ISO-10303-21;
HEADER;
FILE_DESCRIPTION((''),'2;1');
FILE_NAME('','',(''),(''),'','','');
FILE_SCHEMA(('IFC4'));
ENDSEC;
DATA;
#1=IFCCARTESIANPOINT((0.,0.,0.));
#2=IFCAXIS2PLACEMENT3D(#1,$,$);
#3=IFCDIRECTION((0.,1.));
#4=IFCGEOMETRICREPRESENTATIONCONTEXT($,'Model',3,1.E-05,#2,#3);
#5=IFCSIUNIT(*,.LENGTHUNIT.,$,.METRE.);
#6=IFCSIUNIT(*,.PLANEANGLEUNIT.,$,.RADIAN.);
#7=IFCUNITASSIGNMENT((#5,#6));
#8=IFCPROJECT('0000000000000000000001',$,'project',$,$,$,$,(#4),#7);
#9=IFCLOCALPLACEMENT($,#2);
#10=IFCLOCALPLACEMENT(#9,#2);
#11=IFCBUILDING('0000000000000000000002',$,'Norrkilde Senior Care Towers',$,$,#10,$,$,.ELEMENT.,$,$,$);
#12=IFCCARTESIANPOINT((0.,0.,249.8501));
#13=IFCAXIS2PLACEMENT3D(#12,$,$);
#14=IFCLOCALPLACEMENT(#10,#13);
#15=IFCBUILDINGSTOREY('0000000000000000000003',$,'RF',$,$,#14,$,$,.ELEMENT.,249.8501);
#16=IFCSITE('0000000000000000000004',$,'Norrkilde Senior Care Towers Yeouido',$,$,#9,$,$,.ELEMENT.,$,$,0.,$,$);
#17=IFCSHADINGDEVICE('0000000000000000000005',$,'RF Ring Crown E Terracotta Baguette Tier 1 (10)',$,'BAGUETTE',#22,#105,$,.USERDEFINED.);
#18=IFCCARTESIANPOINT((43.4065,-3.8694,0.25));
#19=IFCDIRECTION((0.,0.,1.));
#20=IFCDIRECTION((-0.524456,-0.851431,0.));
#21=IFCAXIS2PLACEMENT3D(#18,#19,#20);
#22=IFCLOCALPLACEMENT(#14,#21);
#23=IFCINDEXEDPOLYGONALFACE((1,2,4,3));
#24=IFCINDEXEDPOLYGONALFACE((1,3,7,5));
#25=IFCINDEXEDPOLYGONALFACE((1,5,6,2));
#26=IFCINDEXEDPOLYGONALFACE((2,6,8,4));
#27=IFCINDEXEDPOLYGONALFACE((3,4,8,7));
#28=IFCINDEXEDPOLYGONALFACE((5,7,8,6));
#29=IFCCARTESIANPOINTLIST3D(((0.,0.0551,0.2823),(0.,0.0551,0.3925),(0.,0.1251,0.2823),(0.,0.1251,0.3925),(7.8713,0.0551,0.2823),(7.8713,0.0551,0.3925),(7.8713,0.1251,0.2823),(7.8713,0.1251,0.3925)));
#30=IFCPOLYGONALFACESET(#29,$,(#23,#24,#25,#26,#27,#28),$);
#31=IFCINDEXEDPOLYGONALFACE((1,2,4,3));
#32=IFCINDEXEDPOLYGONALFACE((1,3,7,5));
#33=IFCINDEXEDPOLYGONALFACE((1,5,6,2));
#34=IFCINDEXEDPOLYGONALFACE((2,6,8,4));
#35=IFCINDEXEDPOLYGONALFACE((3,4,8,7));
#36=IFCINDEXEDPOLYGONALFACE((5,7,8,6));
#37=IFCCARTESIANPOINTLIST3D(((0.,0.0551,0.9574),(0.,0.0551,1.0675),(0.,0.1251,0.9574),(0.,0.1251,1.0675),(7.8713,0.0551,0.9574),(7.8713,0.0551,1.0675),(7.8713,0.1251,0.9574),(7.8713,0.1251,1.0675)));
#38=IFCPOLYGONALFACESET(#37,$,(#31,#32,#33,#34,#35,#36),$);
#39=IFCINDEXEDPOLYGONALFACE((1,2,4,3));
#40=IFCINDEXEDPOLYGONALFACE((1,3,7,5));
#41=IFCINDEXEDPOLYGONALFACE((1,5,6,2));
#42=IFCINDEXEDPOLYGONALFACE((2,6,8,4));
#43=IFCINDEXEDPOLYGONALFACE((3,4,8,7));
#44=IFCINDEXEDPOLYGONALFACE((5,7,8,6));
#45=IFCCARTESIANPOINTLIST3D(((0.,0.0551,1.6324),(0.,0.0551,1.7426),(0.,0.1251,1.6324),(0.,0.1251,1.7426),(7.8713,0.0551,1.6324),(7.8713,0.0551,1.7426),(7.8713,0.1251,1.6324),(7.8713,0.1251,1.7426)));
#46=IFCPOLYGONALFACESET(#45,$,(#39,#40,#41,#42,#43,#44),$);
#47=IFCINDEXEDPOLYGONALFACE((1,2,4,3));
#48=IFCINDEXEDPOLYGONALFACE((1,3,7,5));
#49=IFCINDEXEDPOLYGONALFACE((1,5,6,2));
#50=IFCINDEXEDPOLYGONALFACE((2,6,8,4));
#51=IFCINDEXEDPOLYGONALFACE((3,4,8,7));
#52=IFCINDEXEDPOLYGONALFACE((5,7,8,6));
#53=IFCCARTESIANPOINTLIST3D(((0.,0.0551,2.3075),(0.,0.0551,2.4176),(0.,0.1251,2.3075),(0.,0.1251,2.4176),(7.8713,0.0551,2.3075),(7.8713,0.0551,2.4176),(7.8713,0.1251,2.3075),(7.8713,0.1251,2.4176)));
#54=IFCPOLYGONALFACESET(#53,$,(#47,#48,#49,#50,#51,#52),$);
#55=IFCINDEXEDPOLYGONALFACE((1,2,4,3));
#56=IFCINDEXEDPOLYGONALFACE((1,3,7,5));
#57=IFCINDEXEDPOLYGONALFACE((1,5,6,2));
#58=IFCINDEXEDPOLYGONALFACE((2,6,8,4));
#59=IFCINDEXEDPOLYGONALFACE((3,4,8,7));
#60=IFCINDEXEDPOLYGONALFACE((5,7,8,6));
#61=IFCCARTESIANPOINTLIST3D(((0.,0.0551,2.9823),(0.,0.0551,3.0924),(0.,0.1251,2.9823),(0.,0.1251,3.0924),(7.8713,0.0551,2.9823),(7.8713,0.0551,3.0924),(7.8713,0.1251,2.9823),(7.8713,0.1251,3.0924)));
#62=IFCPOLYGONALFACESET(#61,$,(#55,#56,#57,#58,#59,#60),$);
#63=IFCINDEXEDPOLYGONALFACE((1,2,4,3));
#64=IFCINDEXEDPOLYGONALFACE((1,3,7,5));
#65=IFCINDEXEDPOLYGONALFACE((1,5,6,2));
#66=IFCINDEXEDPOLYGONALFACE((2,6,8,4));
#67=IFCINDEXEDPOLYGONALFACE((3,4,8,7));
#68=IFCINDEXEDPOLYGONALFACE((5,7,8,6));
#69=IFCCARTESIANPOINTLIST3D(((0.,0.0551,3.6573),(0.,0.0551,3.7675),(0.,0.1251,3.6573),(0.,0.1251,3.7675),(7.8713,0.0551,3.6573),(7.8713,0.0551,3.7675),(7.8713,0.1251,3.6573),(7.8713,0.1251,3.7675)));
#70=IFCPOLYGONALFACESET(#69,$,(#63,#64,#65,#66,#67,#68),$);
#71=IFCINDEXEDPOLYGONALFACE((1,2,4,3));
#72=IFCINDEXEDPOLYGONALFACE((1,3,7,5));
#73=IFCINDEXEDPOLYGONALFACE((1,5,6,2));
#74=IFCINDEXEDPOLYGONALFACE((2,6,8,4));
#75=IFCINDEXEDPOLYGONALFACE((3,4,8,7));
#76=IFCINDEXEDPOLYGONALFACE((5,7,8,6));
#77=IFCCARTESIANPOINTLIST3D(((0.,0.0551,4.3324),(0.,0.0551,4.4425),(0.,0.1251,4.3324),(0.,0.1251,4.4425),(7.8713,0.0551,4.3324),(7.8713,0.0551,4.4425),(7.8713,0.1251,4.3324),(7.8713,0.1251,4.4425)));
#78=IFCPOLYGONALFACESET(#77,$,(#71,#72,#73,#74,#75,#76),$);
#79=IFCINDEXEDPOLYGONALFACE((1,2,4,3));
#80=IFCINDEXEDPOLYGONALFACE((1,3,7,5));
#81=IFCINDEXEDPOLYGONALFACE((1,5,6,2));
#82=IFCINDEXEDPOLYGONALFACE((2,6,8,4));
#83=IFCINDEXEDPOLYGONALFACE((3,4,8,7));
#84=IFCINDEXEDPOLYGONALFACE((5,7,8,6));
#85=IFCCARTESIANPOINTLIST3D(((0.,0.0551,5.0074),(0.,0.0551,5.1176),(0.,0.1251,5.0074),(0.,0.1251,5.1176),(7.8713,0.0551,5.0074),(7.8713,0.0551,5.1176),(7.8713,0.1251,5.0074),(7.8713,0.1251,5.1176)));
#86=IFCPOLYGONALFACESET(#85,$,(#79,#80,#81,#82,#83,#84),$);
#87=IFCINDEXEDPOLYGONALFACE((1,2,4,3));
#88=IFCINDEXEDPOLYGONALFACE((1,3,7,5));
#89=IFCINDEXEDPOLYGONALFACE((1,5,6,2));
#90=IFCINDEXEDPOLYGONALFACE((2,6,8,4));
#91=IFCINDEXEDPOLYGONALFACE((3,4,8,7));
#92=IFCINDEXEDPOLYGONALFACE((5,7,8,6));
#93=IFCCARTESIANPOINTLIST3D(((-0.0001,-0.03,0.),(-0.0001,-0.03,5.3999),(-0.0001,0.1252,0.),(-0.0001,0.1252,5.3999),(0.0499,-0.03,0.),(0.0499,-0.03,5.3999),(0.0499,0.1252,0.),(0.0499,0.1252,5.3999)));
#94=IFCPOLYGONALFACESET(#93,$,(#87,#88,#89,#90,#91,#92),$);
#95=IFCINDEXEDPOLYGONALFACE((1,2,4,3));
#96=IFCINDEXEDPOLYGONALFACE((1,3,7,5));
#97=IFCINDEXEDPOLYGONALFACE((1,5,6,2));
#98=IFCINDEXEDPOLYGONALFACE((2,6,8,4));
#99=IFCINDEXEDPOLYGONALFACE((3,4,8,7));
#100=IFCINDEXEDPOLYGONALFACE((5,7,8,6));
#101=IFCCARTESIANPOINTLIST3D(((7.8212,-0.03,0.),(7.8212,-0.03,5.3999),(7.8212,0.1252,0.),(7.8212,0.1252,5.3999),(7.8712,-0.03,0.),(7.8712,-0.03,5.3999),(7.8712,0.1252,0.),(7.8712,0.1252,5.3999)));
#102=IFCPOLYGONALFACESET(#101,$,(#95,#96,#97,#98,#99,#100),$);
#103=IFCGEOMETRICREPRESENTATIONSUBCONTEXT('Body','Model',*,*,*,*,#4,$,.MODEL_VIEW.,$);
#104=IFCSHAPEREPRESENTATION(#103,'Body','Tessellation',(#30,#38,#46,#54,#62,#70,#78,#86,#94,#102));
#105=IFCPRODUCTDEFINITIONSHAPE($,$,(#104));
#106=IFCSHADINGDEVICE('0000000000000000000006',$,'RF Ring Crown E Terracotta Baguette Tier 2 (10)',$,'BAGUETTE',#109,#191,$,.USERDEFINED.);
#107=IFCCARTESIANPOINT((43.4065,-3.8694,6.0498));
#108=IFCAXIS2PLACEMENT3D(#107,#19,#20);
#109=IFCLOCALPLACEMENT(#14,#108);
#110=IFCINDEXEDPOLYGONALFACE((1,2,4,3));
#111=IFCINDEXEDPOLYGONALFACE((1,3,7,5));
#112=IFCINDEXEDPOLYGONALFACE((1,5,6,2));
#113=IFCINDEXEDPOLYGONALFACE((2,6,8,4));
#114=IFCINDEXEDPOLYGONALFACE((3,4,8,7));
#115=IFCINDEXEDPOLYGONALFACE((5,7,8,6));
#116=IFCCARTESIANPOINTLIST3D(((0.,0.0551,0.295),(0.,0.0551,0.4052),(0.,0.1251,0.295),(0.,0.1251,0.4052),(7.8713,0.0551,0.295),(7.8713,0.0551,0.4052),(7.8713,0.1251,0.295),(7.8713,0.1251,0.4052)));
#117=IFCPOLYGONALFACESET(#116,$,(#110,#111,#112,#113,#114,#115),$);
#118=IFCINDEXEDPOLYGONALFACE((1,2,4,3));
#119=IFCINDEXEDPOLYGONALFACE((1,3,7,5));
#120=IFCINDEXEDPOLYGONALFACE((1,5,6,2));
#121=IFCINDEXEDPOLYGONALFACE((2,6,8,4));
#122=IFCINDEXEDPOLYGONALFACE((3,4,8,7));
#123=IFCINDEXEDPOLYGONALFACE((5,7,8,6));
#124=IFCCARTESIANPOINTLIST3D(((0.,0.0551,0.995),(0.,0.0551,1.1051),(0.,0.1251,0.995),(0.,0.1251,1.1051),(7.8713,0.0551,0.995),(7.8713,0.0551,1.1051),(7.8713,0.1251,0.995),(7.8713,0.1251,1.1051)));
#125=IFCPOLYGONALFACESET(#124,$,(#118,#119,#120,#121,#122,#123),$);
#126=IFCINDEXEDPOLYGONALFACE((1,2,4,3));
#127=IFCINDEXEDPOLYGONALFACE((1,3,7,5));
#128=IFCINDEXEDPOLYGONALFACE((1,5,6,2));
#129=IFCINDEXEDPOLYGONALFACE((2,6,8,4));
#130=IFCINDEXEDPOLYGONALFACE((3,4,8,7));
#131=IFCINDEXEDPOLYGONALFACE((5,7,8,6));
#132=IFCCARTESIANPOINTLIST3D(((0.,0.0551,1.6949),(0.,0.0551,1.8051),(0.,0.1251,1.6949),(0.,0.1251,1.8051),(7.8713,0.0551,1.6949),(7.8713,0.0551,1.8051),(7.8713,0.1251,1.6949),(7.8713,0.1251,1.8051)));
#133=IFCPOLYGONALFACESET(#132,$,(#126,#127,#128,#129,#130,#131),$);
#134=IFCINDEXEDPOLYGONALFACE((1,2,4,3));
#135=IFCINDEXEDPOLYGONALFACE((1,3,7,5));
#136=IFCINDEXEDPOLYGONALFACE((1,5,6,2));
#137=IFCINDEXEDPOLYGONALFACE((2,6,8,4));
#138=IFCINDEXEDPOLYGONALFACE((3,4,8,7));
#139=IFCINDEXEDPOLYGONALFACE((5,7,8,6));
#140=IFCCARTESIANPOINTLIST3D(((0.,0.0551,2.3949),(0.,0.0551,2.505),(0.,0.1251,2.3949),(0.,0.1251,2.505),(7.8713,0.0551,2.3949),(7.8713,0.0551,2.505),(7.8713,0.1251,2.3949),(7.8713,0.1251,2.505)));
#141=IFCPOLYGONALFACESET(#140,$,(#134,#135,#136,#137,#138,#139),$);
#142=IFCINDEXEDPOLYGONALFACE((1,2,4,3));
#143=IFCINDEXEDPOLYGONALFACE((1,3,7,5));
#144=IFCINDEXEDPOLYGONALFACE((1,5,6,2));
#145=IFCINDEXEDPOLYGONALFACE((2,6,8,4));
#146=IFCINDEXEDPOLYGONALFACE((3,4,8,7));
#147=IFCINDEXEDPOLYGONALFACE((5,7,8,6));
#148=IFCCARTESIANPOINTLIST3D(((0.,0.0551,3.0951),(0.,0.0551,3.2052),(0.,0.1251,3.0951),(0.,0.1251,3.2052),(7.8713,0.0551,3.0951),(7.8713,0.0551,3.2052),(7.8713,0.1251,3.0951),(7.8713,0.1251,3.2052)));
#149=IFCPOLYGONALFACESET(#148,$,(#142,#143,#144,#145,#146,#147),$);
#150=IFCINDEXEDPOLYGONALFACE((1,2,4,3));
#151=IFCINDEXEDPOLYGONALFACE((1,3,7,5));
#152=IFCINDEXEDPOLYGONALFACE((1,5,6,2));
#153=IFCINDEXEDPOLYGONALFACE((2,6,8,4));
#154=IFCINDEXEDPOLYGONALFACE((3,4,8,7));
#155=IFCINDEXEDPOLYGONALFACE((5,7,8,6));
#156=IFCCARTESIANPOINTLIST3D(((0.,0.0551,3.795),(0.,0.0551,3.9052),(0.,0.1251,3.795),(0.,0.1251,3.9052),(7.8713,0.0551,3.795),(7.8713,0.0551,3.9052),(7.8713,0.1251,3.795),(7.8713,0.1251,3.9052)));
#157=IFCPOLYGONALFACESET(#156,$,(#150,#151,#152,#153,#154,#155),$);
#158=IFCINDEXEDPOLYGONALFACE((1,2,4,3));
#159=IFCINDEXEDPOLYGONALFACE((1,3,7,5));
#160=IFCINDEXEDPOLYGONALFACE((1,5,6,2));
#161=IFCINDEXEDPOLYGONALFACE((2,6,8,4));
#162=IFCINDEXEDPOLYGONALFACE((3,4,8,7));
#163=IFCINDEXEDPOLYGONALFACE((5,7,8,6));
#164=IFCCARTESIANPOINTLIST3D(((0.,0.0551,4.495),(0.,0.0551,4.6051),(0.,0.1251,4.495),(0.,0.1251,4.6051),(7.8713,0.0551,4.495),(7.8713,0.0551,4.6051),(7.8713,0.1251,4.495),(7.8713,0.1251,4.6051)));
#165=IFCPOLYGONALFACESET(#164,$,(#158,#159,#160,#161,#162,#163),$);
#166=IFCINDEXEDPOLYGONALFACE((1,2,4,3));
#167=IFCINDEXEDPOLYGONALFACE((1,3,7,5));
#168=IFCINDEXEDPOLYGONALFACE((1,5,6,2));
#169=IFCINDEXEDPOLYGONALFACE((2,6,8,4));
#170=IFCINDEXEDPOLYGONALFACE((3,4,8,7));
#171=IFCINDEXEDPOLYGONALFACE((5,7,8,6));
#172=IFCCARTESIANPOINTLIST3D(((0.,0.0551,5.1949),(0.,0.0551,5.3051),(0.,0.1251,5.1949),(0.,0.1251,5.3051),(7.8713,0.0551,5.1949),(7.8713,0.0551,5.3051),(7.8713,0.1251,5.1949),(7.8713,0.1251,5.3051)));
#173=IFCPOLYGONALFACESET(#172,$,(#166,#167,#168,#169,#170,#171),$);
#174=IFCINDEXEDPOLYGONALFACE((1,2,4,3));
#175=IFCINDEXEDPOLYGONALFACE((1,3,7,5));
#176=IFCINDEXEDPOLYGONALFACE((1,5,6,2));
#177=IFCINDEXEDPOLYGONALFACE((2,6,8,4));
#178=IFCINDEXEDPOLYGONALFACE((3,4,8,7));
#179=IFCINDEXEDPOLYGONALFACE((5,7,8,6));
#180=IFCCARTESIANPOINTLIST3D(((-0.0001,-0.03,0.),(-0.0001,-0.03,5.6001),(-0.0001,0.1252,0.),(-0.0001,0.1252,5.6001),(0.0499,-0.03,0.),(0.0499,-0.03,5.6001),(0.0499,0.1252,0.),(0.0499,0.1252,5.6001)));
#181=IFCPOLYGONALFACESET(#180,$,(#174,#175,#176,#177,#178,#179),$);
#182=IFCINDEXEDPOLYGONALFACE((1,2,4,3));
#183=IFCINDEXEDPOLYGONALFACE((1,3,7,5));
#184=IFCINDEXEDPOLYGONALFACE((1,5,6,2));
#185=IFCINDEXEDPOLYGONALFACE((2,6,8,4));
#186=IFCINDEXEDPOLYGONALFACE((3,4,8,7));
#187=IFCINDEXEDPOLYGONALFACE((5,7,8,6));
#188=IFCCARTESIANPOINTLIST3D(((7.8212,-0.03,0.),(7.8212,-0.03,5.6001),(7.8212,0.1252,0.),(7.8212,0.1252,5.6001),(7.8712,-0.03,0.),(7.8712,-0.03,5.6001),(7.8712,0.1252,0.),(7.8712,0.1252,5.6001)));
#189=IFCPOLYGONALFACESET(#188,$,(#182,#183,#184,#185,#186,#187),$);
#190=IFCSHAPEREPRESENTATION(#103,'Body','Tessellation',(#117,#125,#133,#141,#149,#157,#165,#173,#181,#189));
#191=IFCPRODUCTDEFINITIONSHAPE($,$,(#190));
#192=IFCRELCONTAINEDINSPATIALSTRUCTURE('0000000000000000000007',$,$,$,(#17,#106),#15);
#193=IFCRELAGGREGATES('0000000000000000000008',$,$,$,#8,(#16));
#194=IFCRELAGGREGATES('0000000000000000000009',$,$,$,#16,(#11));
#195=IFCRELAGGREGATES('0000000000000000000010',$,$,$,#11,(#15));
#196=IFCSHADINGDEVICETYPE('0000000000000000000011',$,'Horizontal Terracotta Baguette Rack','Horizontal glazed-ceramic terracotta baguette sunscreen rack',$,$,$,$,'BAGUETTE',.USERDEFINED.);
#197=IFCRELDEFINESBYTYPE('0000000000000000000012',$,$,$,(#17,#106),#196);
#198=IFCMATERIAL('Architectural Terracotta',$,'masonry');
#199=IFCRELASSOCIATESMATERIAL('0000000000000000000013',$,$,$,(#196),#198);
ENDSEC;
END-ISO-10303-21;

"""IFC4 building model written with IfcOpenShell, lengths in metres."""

from ifc_helpers import new_model, si_unit, direction, frame, origin, origin_2d, place, context, subcontext, project, spatial, rectangle, extrude, source, transform, mapped, material, type_object, element, save


model = new_model("IFC4")

# Units and contexts
model_context = context("Model", 3, precision=1e-05, world=origin(), true_north=direction((0.0, 1.0)))
body_context = subcontext(model_context, "Body", "Model", "MODEL_VIEW")
ifc_project = project(units=[si_unit("LENGTHUNIT", "METRE"), si_unit("PLANEANGLEUNIT", "RADIAN")], contexts=[model_context])

# Site, building, storey
site_placement = place(None, origin())
site = spatial("IfcSite", under=ifc_project, at=site_placement, Name="Norrkilde Senior Care Towers Yeouido", CompositionType="ELEMENT", RefElevation=0.0)
building_placement = place(site_placement, origin())
building = spatial("IfcBuilding", under=site, at=building_placement, Name="Norrkilde Senior Care Towers", CompositionType="ELEMENT")
storey_placement = place(building_placement, frame((0.0, 0.0, 249.8501)))
storey = spatial("IfcBuildingStorey", under=building, at=storey_placement, Name="RF", CompositionType="ELEMENT", Elevation=249.8501)

# Shared definitions
ifc_material_1 = material(Name="Architectural Terracotta", Category="masonry")

# Shading devices
shading_device_type = type_object("IfcShadingDeviceType", Name="Horizontal Terracotta Baguette Rack", Description="Horizontal glazed-ceramic terracotta baguette sunscreen rack", ElementType="BAGUETTE", PredefinedType="USERDEFINED", material=ifc_material_1)
shared_shape_1 = source(origin(), body_context, "Body", "SweptSolid", [
    extrude(rectangle(XDim=0.0701, YDim=0.1101, at=origin_2d()), frame((0.0, 0.0901, 0.3374), z_axis=(1.0, 0.0, 0.0), x_axis=(0.0, 1.0, 0.0)), (0.0, 0.0, 1.0), 7.8713),
    extrude(rectangle(XDim=0.0701, YDim=0.1101, at=origin_2d()), frame((0.0, 0.0901, 1.0125), z_axis=(1.0, 0.0, 0.0), x_axis=(0.0, 1.0, 0.0)), (0.0, 0.0, 1.0), 7.8713),
    extrude(rectangle(XDim=0.0701, YDim=0.1101, at=origin_2d()), frame((0.0, 0.0901, 1.6875), z_axis=(1.0, 0.0, 0.0), x_axis=(0.0, 1.0, 0.0)), (0.0, 0.0, 1.0), 7.8713),
    extrude(rectangle(XDim=0.0701, YDim=0.1101, at=origin_2d()), frame((0.0, 0.0901, 2.3625), z_axis=(1.0, 0.0, 0.0), x_axis=(0.0, 1.0, 0.0)), (0.0, 0.0, 1.0), 7.8713),
    extrude(rectangle(XDim=0.0701, YDim=0.1101, at=origin_2d()), frame((0.0, 0.0901, 3.0374), z_axis=(1.0, 0.0, 0.0), x_axis=(0.0, 1.0, 0.0)), (0.0, 0.0, 1.0), 7.8713),
    extrude(rectangle(XDim=0.0701, YDim=0.1101, at=origin_2d()), frame((0.0, 0.0901, 3.7124), z_axis=(1.0, 0.0, 0.0), x_axis=(0.0, 1.0, 0.0)), (0.0, 0.0, 1.0), 7.8713),
    extrude(rectangle(XDim=0.0701, YDim=0.1101, at=origin_2d()), frame((0.0, 0.0901, 4.3875), z_axis=(1.0, 0.0, 0.0), x_axis=(0.0, 1.0, 0.0)), (0.0, 0.0, 1.0), 7.8713),
    extrude(rectangle(XDim=0.0701, YDim=0.1101, at=origin_2d()), frame((0.0, 0.0901, 5.0625), z_axis=(1.0, 0.0, 0.0), x_axis=(0.0, 1.0, 0.0)), (0.0, 0.0, 1.0), 7.8713),
    extrude(rectangle(XDim=0.05, YDim=0.1553, at=origin_2d()), frame((0.0249, 0.0476, 0.0)), (0.0, 0.0, 1.0), 5.3999),
    extrude(rectangle(XDim=0.05, YDim=0.1553, at=origin_2d()), frame((7.8462, 0.0476, 0.0)), (0.0, 0.0, 1.0), 5.3999),
])
shading_device_1_placement = place(storey_placement, frame((43.4065, -3.8694, 0.25), z_axis=(0.0, 0.0, 1.0), x_axis=(-0.524456, -0.851431, 0.0)))
element("IfcShadingDevice", 1, at=shading_device_1_placement, inside=storey, type_object=shading_device_type, Name="RF Ring Crown E Terracotta Baguette Tier 1 (10)", ObjectType="BAGUETTE", PredefinedType="USERDEFINED", context=body_context, shape_type="MappedRepresentation", body=[
    mapped(shared_shape_1, transform((0.0, 0.0, 0.0), x_axis=(1.0, 0.0, 0.0), y_axis=(0.0, 1.0, 0.0), z_axis=(0.0, 0.0, 1.0), scale=1.0)),
])
shared_shape_2 = source(origin(), body_context, "Body", "SweptSolid", [
    extrude(rectangle(XDim=0.0701, YDim=0.1101, at=origin_2d()), frame((0.0, 0.0901, 0.3501), z_axis=(1.0, 0.0, 0.0), x_axis=(0.0, 1.0, 0.0)), (0.0, 0.0, 1.0), 7.8713),
    extrude(rectangle(XDim=0.0701, YDim=0.1101, at=origin_2d()), frame((0.0, 0.0901, 1.05), z_axis=(1.0, 0.0, 0.0), x_axis=(0.0, 1.0, 0.0)), (0.0, 0.0, 1.0), 7.8713),
    extrude(rectangle(XDim=0.0701, YDim=0.1101, at=origin_2d()), frame((0.0, 0.0901, 1.75), z_axis=(1.0, 0.0, 0.0), x_axis=(0.0, 1.0, 0.0)), (0.0, 0.0, 1.0), 7.8713),
    extrude(rectangle(XDim=0.0701, YDim=0.1101, at=origin_2d()), frame((0.0, 0.0901, 2.45), z_axis=(1.0, 0.0, 0.0), x_axis=(0.0, 1.0, 0.0)), (0.0, 0.0, 1.0), 7.8713),
    extrude(rectangle(XDim=0.0701, YDim=0.1101, at=origin_2d()), frame((0.0, 0.0901, 3.1501), z_axis=(1.0, 0.0, 0.0), x_axis=(0.0, 1.0, 0.0)), (0.0, 0.0, 1.0), 7.8713),
    extrude(rectangle(XDim=0.0701, YDim=0.1101, at=origin_2d()), frame((0.0, 0.0901, 3.8501), z_axis=(1.0, 0.0, 0.0), x_axis=(0.0, 1.0, 0.0)), (0.0, 0.0, 1.0), 7.8713),
    extrude(rectangle(XDim=0.0701, YDim=0.1101, at=origin_2d()), frame((0.0, 0.0901, 4.55), z_axis=(1.0, 0.0, 0.0), x_axis=(0.0, 1.0, 0.0)), (0.0, 0.0, 1.0), 7.8713),
    extrude(rectangle(XDim=0.0701, YDim=0.1101, at=origin_2d()), frame((0.0, 0.0901, 5.25), z_axis=(1.0, 0.0, 0.0), x_axis=(0.0, 1.0, 0.0)), (0.0, 0.0, 1.0), 7.8713),
    extrude(rectangle(XDim=0.05, YDim=0.1553, at=origin_2d()), frame((0.0249, 0.0476, 0.0)), (0.0, 0.0, 1.0), 5.6001),
    extrude(rectangle(XDim=0.05, YDim=0.1553, at=origin_2d()), frame((7.8462, 0.0476, 0.0)), (0.0, 0.0, 1.0), 5.6001),
])
shading_device_2_placement = place(storey_placement, frame((43.4065, -3.8694, 6.0498), z_axis=(0.0, 0.0, 1.0), x_axis=(-0.524456, -0.851431, 0.0)))
element("IfcShadingDevice", 2, at=shading_device_2_placement, inside=storey, type_object=shading_device_type, Name="RF Ring Crown E Terracotta Baguette Tier 2 (10)", ObjectType="BAGUETTE", PredefinedType="USERDEFINED", context=body_context, shape_type="MappedRepresentation", body=[
    mapped(shared_shape_2, transform((0.0, 0.0, 0.0), x_axis=(1.0, 0.0, 0.0), y_axis=(0.0, 1.0, 0.0), z_axis=(0.0, 0.0, 1.0), scale=1.0)),
])

save(model, "model.ifc")
